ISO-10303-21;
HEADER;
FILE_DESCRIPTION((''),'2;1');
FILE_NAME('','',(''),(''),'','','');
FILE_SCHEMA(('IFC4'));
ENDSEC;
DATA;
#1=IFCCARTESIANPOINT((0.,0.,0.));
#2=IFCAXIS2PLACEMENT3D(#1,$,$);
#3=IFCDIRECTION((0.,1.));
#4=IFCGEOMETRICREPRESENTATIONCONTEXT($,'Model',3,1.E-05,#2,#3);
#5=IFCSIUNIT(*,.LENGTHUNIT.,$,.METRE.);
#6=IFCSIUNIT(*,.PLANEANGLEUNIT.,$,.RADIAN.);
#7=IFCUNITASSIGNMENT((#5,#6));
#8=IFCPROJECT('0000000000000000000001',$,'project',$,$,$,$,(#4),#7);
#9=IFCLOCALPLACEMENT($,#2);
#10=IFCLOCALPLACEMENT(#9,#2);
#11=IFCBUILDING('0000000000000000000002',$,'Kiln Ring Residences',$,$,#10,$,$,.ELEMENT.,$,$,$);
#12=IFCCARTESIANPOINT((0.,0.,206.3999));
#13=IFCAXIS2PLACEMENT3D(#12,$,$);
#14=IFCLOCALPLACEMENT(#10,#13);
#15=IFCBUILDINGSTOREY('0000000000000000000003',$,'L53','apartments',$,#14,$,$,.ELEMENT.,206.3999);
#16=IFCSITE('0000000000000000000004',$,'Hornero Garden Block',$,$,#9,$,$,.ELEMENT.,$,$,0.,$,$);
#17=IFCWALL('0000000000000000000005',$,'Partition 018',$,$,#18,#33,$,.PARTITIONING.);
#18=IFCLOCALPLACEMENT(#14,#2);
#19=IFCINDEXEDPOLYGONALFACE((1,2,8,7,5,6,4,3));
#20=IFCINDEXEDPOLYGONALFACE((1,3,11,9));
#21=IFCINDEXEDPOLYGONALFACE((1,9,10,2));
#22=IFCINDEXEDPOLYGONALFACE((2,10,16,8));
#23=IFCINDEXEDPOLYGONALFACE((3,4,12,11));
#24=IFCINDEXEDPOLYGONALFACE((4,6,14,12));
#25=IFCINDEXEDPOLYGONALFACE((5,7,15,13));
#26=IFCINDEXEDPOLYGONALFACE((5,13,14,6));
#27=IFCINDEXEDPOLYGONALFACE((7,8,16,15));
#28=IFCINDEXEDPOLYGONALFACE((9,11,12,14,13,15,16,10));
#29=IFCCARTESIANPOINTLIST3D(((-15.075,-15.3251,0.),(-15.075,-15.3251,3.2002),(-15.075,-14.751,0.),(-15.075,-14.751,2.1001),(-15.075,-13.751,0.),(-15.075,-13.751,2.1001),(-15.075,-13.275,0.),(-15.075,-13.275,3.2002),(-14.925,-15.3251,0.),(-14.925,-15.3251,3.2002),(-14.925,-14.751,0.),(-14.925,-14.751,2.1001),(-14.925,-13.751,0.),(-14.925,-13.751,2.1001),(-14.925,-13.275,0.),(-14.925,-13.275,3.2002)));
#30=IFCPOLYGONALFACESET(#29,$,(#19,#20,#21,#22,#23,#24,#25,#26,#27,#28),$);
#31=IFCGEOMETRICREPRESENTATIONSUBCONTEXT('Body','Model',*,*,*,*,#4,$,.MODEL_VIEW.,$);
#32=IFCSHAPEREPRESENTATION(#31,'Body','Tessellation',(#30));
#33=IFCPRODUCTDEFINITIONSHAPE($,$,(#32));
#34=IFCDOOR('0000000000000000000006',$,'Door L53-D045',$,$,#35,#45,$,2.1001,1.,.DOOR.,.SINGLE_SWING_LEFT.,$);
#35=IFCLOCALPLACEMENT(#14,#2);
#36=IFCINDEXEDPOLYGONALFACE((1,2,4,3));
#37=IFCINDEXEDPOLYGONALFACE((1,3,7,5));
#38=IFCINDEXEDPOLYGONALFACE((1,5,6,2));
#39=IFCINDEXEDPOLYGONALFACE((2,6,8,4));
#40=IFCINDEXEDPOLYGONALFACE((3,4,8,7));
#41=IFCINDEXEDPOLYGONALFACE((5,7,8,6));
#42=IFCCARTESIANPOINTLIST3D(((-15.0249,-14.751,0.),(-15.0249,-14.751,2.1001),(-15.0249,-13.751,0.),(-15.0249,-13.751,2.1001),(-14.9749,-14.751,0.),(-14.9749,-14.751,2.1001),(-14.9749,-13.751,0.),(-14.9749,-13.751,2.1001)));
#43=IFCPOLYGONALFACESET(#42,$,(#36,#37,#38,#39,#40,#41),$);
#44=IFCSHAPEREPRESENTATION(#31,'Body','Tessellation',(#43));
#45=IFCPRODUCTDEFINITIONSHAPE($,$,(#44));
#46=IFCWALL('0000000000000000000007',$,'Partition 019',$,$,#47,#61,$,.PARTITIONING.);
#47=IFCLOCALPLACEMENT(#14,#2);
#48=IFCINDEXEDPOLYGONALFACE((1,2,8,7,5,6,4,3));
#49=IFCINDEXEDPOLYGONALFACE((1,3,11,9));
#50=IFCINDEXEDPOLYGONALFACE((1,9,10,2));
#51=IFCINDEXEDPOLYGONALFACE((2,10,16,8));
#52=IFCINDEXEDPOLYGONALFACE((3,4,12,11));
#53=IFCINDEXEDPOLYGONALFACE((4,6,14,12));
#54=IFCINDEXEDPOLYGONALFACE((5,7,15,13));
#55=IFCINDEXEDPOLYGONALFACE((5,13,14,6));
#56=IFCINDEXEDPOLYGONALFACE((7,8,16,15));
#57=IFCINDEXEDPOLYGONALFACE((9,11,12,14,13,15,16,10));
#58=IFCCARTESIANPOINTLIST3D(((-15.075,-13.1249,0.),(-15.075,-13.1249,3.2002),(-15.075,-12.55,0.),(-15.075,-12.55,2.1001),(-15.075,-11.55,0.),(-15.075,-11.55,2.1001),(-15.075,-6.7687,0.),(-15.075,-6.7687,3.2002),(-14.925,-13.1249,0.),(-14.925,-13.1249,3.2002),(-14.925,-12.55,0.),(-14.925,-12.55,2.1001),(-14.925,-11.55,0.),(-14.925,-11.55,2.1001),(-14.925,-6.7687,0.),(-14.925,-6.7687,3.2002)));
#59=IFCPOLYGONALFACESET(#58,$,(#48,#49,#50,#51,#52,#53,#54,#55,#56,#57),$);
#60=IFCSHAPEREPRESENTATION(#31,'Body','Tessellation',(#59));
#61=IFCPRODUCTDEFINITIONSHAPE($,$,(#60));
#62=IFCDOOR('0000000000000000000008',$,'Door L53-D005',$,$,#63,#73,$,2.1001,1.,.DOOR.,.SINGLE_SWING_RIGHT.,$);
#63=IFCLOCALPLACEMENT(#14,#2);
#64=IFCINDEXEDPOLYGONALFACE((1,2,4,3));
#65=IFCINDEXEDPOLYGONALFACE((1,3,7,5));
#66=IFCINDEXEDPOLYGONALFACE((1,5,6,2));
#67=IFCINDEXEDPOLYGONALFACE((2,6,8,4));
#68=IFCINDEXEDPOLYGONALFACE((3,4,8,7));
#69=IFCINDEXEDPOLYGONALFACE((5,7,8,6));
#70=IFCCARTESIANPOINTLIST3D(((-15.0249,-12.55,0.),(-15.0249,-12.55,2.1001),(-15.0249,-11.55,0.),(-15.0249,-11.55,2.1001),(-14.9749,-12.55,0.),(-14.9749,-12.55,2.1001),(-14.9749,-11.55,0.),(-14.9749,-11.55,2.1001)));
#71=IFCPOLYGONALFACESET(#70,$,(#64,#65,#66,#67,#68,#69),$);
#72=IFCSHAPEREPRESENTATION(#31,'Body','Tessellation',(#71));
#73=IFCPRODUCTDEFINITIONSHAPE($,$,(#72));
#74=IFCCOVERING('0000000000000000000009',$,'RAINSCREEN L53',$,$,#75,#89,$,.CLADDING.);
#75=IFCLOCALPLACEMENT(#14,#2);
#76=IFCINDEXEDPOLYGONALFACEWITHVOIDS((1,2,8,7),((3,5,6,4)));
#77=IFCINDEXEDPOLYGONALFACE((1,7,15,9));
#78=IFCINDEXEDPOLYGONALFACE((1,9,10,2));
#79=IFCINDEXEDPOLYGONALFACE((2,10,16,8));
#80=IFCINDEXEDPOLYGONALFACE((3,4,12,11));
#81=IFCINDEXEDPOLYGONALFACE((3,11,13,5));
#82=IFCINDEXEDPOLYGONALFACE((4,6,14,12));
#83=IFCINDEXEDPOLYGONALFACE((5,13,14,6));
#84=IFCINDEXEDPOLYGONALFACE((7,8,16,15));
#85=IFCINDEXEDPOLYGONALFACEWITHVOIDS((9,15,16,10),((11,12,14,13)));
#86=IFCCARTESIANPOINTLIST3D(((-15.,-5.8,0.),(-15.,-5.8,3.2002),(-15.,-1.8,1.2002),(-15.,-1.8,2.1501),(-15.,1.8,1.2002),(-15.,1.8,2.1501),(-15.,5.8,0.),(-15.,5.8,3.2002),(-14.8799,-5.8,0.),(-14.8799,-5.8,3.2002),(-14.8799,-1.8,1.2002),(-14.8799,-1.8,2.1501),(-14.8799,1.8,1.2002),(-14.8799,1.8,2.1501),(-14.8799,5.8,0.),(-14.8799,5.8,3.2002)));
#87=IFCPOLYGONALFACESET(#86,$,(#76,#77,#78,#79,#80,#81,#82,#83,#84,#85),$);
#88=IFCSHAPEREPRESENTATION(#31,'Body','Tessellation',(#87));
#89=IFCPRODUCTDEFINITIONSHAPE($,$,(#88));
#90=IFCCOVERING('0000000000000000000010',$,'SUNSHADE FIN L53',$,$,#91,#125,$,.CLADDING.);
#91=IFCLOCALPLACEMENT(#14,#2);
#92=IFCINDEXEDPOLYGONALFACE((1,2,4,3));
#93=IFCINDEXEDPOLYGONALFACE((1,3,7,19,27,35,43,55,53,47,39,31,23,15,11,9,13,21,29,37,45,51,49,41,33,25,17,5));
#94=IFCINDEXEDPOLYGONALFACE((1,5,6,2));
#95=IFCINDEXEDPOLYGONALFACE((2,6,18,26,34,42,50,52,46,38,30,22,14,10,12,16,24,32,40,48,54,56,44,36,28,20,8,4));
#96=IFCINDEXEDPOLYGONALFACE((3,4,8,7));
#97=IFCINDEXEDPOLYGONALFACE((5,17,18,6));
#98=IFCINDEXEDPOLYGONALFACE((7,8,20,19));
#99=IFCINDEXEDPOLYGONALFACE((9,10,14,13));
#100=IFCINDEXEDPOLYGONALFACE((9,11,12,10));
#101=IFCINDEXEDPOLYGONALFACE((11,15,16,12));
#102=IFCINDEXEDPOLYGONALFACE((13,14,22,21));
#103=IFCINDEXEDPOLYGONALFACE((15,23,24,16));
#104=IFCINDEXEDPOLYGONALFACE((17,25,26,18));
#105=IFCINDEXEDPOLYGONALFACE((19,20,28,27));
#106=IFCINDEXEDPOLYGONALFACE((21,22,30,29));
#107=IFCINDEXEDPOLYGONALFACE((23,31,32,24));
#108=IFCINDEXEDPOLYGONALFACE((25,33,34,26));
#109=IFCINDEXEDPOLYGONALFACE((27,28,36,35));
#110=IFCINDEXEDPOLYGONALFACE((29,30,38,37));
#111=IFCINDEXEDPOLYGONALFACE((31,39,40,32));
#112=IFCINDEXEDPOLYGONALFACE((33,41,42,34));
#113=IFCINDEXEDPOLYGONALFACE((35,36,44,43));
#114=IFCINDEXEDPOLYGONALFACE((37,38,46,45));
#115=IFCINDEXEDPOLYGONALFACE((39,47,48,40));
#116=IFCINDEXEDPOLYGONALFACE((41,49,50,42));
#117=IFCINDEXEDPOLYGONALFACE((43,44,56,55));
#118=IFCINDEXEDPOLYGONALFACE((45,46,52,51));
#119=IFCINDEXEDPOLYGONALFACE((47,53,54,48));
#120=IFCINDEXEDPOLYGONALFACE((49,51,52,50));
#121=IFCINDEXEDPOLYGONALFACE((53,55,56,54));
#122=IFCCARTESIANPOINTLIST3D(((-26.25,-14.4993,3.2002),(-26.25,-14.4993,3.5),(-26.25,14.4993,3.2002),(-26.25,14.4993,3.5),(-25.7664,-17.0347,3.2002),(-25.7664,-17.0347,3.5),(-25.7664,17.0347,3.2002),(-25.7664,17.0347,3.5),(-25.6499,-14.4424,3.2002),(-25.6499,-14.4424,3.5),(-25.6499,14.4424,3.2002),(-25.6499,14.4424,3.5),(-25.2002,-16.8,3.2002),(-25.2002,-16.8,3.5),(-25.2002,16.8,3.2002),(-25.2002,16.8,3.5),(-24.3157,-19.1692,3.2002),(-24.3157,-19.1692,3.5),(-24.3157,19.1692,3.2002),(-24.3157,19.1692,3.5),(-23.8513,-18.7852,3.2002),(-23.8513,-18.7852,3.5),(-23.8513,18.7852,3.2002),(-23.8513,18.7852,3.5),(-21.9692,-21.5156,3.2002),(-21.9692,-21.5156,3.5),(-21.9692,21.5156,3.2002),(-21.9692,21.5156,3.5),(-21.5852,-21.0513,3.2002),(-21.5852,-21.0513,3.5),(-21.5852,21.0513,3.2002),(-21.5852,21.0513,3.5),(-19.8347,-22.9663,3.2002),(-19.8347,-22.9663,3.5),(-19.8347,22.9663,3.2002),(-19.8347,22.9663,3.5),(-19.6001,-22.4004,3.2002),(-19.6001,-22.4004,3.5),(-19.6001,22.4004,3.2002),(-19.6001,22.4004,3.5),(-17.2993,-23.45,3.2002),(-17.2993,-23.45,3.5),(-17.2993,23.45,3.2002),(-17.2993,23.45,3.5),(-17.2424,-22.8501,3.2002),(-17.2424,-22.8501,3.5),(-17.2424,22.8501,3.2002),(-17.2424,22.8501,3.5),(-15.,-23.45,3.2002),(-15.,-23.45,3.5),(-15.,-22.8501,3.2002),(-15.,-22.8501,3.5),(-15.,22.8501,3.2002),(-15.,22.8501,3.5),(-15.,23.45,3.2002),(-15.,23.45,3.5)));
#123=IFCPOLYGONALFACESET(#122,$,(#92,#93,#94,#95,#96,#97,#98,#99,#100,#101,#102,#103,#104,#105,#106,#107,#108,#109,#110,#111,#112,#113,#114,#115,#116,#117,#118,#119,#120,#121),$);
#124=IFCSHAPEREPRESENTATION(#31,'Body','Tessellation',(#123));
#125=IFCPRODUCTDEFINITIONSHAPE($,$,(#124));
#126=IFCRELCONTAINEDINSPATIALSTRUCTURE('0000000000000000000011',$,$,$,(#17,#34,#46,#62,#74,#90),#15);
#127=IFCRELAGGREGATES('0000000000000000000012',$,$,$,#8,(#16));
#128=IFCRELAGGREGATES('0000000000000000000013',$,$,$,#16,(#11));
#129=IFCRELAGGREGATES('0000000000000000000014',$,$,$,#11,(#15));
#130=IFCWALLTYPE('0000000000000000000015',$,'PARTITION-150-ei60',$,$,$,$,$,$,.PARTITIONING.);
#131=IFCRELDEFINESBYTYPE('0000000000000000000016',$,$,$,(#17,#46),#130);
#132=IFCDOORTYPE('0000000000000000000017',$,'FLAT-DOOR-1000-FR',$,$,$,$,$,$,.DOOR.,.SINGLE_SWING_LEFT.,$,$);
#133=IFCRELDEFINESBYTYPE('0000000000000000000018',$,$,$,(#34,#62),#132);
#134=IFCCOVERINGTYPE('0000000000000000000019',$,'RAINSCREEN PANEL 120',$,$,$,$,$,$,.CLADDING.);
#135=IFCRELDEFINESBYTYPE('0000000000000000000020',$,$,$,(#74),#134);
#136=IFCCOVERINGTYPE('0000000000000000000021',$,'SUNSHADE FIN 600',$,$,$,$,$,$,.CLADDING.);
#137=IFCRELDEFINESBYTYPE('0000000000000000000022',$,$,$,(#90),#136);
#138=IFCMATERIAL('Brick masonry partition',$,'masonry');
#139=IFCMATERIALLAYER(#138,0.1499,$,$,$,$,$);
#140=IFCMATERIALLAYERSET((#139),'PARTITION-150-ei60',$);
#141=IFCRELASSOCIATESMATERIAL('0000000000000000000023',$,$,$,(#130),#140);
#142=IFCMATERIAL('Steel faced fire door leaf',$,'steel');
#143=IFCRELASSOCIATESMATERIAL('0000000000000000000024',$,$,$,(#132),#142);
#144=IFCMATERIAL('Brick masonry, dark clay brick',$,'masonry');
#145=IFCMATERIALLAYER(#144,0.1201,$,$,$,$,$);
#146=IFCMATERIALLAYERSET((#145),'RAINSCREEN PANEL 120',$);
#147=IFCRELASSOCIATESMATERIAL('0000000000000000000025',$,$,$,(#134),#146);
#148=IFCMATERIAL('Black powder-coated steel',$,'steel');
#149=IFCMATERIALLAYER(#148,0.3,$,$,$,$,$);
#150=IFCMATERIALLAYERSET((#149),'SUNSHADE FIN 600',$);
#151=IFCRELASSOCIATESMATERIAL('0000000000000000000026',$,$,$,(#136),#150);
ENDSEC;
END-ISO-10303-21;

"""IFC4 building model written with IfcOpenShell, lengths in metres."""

from ifc_helpers import new_model, si_unit, direction, frame, frame_2d, origin, place, context, subcontext, project, spatial, polyline, rectangle, outline, extrude, material, layer, layer_set, type_object, element, fill, save


model = new_model("IFC4")

# Units and contexts
model_context = context("Model", 3, precision=1e-05, world=origin(), true_north=direction((0.0, 1.0)))
body_context = subcontext(model_context, "Body", "Model", "MODEL_VIEW")
ifc_project = project(units=[si_unit("LENGTHUNIT", "METRE"), si_unit("PLANEANGLEUNIT", "RADIAN")], contexts=[model_context])

# Site, building, storey
site_placement = place(None, origin())
site = spatial("IfcSite", under=ifc_project, at=site_placement, Name="Hornero Garden Block", CompositionType="ELEMENT", RefElevation=0.0)
building_placement = place(site_placement, origin())
building = spatial("IfcBuilding", under=site, at=building_placement, Name="Kiln Ring Residences", CompositionType="ELEMENT")
storey_placement = place(building_placement, frame((0.0, 0.0, 206.3999)))
storey = spatial("IfcBuildingStorey", under=building, at=storey_placement, Name="L53", Description="apartments", CompositionType="ELEMENT", Elevation=206.3999)

# Shared definitions
ifc_material_1 = material(Name="Brick masonry partition", Category="masonry")
ifc_layer_1 = layer(ifc_material_1, 0.1499)
ifc_layer_set_1 = layer_set([ifc_layer_1], Name="PARTITION-150-ei60")
wall_type_1 = type_object("IfcWallType", Name="PARTITION-150-ei60", PredefinedType="PARTITIONING", material=ifc_layer_set_1)
ifc_material_2 = material(Name="Steel faced fire door leaf", Category="steel")
door_type_1 = type_object("IfcDoorType", Name="FLAT-DOOR-1000-FR", OperationType="SINGLE_SWING_LEFT", PredefinedType="DOOR", material=ifc_material_2)

# Walls, openings, doors
wall_1_placement = place(storey_placement, frame((-15.0, -15.325, 0.0), z_axis=(0.0, 0.0, 1.0), x_axis=(0.0, 1.0, 0.0)))
wall_1 = element("IfcWall", 1, at=wall_1_placement, inside=storey, type_object=wall_type_1, Name="Partition 018", PredefinedType="PARTITIONING", context=body_context, shape_type="SweptSolid", body=[
    extrude(rectangle(XDim=2.05, YDim=0.1499, at=frame_2d((1.0249, 0.0))), origin(), (0.0, 0.0, 1.0), 3.2002),
])
opening_1_placement = place(wall_1_placement, frame((0.574, 0.0, 0.0)))
opening_1 = element("IfcOpeningElement", 2, at=opening_1_placement, cuts=wall_1, PredefinedType="OPENING", context=body_context, shape_type="SweptSolid", body=[
    extrude(rectangle(XDim=1.0, YDim=2.1001, at=frame_2d((0.5, 1.05))), frame((0.0, 0.085, 0.0), z_axis=(0.0, -1.0, 0.0), x_axis=(1.0, 0.0, 0.0)), (0.0, 0.0, 1.0), 0.1699),
])
door_1_placement = place(opening_1_placement, origin())
door_1 = element("IfcDoor", 3, at=door_1_placement, inside=storey, type_object=door_type_1, Name="Door L53-D045", OperationType="SINGLE_SWING_LEFT", OverallHeight=2.1001, OverallWidth=1.0, PredefinedType="DOOR", context=body_context, shape_type="SweptSolid", body=[
    extrude(rectangle(XDim=1.0, YDim=2.1001, at=frame_2d((0.5, 1.05))), frame((0.0, 0.0249, 0.0), z_axis=(0.0, -1.0, 0.0), x_axis=(1.0, 0.0, 0.0)), (0.0, 0.0, 1.0), 0.05),
])
fill(opening_1, door_1)
wall_2_placement = place(storey_placement, frame((-15.0, -13.125, 0.0), z_axis=(0.0, 0.0, 1.0), x_axis=(0.0, 1.0, 0.0)))
wall_2 = element("IfcWall", 4, at=wall_2_placement, inside=storey, type_object=wall_type_1, Name="Partition 019", PredefinedType="PARTITIONING", context=body_context, shape_type="SweptSolid", body=[
    extrude(rectangle(XDim=6.3562, YDim=0.1499, at=frame_2d((3.1782, 0.0))), origin(), (0.0, 0.0, 1.0), 3.2002),
])
opening_2_placement = place(wall_2_placement, frame((0.575, 0.0, 0.0)))
opening_2 = element("IfcOpeningElement", 5, at=opening_2_placement, cuts=wall_2, PredefinedType="OPENING", context=body_context, shape_type="SweptSolid", body=[
    extrude(rectangle(XDim=1.0, YDim=2.1001, at=frame_2d((0.5, 1.05))), frame((0.0, 0.085, 0.0), z_axis=(0.0, -1.0, 0.0), x_axis=(1.0, 0.0, 0.0)), (0.0, 0.0, 1.0), 0.1699),
])
door_2_placement = place(opening_2_placement, origin())
door_2 = element("IfcDoor", 6, at=door_2_placement, inside=storey, type_object=door_type_1, Name="Door L53-D005", OperationType="SINGLE_SWING_RIGHT", OverallHeight=2.1001, OverallWidth=1.0, PredefinedType="DOOR", context=body_context, shape_type="SweptSolid", body=[
    extrude(rectangle(XDim=1.0, YDim=2.1001, at=frame_2d((0.5, 1.05))), frame((0.0, 0.0249, 0.0), z_axis=(0.0, -1.0, 0.0), x_axis=(1.0, 0.0, 0.0)), (0.0, 0.0, 1.0), 0.05),
])
fill(opening_2, door_2)

# Coverings
ifc_material_3 = material(Name="Brick masonry, dark clay brick", Category="masonry")
ifc_layer_2 = layer(ifc_material_3, 0.1201)
ifc_layer_set_2 = layer_set([ifc_layer_2], Name="RAINSCREEN PANEL 120")
covering_type_1 = type_object("IfcCoveringType", Name="RAINSCREEN PANEL 120", PredefinedType="CLADDING", material=ifc_layer_set_2)
covering_1_placement = place(storey_placement, frame((-14.9399, -5.8, 0.0), z_axis=(0.0, 0.0, 1.0), x_axis=(0.0, 1.0, 0.0)))
element("IfcCovering", 7, at=covering_1_placement, inside=storey, type_object=covering_type_1, Name="RAINSCREEN L53", PredefinedType="CLADDING", context=body_context, shape_type="SweptSolid", body=[
    extrude(outline(polyline([(0.0, 0.0), (11.6001, 0.0), (11.6001, 3.2002), (0.0, 3.2002), (0.0, 0.0)]), holes=[polyline([(4.0, 2.1501), (4.0, 1.2002), (7.6001, 1.2002), (7.6001, 2.1501), (4.0, 2.1501)])]), frame((0.0, 0.0601, 0.0), z_axis=(0.0, -1.0, 0.0), x_axis=(1.0, 0.0, 0.0)), (0.0, 0.0, 1.0), 0.1201),
])
ifc_material_4 = material(Name="Black powder-coated steel", Category="steel")
ifc_layer_3 = layer(ifc_material_4, 0.3)
ifc_layer_set_3 = layer_set([ifc_layer_3], Name="SUNSHADE FIN 600")
covering_type_2 = type_object("IfcCoveringType", Name="SUNSHADE FIN 600", PredefinedType="CLADDING", material=ifc_layer_set_3)
covering_2_placement = place(storey_placement, frame((0.0, 0.0, 3.2002)))
element("IfcCovering", 8, at=covering_2_placement, inside=storey, type_object=covering_type_2, Name="SUNSHADE FIN L53", PredefinedType="CLADDING", context=body_context, shape_type="SweptSolid", body=[
    extrude(outline(polyline([(-26.25, -14.4993), (-25.7664, -17.0347), (-24.3157, -19.1692), (-21.9692, -21.5156), (-19.8347, -22.9663), (-17.2993, -23.45), (-15.0, -23.45), (-15.0, -22.8501), (-17.2424, -22.8501), (-19.6001, -22.4004), (-21.5852, -21.0513), (-23.8513, -18.7852), (-25.2002, -16.8), (-25.6499, -14.4424), (-25.6499, 14.4424), (-25.2002, 16.8), (-23.8513, 18.7852), (-21.5852, 21.0513), (-19.6001, 22.4004), (-17.2424, 22.8501), (-15.0, 22.8501), (-15.0, 23.45), (-17.2993, 23.45), (-19.8347, 22.9663), (-21.9692, 21.5156), (-24.3157, 19.1692), (-25.7664, 17.0347), (-26.25, 14.4993), (-26.25, -14.4993)])), origin(), (0.0, 0.0, 1.0), 0.2998),
])

save(model, "model.ifc")
